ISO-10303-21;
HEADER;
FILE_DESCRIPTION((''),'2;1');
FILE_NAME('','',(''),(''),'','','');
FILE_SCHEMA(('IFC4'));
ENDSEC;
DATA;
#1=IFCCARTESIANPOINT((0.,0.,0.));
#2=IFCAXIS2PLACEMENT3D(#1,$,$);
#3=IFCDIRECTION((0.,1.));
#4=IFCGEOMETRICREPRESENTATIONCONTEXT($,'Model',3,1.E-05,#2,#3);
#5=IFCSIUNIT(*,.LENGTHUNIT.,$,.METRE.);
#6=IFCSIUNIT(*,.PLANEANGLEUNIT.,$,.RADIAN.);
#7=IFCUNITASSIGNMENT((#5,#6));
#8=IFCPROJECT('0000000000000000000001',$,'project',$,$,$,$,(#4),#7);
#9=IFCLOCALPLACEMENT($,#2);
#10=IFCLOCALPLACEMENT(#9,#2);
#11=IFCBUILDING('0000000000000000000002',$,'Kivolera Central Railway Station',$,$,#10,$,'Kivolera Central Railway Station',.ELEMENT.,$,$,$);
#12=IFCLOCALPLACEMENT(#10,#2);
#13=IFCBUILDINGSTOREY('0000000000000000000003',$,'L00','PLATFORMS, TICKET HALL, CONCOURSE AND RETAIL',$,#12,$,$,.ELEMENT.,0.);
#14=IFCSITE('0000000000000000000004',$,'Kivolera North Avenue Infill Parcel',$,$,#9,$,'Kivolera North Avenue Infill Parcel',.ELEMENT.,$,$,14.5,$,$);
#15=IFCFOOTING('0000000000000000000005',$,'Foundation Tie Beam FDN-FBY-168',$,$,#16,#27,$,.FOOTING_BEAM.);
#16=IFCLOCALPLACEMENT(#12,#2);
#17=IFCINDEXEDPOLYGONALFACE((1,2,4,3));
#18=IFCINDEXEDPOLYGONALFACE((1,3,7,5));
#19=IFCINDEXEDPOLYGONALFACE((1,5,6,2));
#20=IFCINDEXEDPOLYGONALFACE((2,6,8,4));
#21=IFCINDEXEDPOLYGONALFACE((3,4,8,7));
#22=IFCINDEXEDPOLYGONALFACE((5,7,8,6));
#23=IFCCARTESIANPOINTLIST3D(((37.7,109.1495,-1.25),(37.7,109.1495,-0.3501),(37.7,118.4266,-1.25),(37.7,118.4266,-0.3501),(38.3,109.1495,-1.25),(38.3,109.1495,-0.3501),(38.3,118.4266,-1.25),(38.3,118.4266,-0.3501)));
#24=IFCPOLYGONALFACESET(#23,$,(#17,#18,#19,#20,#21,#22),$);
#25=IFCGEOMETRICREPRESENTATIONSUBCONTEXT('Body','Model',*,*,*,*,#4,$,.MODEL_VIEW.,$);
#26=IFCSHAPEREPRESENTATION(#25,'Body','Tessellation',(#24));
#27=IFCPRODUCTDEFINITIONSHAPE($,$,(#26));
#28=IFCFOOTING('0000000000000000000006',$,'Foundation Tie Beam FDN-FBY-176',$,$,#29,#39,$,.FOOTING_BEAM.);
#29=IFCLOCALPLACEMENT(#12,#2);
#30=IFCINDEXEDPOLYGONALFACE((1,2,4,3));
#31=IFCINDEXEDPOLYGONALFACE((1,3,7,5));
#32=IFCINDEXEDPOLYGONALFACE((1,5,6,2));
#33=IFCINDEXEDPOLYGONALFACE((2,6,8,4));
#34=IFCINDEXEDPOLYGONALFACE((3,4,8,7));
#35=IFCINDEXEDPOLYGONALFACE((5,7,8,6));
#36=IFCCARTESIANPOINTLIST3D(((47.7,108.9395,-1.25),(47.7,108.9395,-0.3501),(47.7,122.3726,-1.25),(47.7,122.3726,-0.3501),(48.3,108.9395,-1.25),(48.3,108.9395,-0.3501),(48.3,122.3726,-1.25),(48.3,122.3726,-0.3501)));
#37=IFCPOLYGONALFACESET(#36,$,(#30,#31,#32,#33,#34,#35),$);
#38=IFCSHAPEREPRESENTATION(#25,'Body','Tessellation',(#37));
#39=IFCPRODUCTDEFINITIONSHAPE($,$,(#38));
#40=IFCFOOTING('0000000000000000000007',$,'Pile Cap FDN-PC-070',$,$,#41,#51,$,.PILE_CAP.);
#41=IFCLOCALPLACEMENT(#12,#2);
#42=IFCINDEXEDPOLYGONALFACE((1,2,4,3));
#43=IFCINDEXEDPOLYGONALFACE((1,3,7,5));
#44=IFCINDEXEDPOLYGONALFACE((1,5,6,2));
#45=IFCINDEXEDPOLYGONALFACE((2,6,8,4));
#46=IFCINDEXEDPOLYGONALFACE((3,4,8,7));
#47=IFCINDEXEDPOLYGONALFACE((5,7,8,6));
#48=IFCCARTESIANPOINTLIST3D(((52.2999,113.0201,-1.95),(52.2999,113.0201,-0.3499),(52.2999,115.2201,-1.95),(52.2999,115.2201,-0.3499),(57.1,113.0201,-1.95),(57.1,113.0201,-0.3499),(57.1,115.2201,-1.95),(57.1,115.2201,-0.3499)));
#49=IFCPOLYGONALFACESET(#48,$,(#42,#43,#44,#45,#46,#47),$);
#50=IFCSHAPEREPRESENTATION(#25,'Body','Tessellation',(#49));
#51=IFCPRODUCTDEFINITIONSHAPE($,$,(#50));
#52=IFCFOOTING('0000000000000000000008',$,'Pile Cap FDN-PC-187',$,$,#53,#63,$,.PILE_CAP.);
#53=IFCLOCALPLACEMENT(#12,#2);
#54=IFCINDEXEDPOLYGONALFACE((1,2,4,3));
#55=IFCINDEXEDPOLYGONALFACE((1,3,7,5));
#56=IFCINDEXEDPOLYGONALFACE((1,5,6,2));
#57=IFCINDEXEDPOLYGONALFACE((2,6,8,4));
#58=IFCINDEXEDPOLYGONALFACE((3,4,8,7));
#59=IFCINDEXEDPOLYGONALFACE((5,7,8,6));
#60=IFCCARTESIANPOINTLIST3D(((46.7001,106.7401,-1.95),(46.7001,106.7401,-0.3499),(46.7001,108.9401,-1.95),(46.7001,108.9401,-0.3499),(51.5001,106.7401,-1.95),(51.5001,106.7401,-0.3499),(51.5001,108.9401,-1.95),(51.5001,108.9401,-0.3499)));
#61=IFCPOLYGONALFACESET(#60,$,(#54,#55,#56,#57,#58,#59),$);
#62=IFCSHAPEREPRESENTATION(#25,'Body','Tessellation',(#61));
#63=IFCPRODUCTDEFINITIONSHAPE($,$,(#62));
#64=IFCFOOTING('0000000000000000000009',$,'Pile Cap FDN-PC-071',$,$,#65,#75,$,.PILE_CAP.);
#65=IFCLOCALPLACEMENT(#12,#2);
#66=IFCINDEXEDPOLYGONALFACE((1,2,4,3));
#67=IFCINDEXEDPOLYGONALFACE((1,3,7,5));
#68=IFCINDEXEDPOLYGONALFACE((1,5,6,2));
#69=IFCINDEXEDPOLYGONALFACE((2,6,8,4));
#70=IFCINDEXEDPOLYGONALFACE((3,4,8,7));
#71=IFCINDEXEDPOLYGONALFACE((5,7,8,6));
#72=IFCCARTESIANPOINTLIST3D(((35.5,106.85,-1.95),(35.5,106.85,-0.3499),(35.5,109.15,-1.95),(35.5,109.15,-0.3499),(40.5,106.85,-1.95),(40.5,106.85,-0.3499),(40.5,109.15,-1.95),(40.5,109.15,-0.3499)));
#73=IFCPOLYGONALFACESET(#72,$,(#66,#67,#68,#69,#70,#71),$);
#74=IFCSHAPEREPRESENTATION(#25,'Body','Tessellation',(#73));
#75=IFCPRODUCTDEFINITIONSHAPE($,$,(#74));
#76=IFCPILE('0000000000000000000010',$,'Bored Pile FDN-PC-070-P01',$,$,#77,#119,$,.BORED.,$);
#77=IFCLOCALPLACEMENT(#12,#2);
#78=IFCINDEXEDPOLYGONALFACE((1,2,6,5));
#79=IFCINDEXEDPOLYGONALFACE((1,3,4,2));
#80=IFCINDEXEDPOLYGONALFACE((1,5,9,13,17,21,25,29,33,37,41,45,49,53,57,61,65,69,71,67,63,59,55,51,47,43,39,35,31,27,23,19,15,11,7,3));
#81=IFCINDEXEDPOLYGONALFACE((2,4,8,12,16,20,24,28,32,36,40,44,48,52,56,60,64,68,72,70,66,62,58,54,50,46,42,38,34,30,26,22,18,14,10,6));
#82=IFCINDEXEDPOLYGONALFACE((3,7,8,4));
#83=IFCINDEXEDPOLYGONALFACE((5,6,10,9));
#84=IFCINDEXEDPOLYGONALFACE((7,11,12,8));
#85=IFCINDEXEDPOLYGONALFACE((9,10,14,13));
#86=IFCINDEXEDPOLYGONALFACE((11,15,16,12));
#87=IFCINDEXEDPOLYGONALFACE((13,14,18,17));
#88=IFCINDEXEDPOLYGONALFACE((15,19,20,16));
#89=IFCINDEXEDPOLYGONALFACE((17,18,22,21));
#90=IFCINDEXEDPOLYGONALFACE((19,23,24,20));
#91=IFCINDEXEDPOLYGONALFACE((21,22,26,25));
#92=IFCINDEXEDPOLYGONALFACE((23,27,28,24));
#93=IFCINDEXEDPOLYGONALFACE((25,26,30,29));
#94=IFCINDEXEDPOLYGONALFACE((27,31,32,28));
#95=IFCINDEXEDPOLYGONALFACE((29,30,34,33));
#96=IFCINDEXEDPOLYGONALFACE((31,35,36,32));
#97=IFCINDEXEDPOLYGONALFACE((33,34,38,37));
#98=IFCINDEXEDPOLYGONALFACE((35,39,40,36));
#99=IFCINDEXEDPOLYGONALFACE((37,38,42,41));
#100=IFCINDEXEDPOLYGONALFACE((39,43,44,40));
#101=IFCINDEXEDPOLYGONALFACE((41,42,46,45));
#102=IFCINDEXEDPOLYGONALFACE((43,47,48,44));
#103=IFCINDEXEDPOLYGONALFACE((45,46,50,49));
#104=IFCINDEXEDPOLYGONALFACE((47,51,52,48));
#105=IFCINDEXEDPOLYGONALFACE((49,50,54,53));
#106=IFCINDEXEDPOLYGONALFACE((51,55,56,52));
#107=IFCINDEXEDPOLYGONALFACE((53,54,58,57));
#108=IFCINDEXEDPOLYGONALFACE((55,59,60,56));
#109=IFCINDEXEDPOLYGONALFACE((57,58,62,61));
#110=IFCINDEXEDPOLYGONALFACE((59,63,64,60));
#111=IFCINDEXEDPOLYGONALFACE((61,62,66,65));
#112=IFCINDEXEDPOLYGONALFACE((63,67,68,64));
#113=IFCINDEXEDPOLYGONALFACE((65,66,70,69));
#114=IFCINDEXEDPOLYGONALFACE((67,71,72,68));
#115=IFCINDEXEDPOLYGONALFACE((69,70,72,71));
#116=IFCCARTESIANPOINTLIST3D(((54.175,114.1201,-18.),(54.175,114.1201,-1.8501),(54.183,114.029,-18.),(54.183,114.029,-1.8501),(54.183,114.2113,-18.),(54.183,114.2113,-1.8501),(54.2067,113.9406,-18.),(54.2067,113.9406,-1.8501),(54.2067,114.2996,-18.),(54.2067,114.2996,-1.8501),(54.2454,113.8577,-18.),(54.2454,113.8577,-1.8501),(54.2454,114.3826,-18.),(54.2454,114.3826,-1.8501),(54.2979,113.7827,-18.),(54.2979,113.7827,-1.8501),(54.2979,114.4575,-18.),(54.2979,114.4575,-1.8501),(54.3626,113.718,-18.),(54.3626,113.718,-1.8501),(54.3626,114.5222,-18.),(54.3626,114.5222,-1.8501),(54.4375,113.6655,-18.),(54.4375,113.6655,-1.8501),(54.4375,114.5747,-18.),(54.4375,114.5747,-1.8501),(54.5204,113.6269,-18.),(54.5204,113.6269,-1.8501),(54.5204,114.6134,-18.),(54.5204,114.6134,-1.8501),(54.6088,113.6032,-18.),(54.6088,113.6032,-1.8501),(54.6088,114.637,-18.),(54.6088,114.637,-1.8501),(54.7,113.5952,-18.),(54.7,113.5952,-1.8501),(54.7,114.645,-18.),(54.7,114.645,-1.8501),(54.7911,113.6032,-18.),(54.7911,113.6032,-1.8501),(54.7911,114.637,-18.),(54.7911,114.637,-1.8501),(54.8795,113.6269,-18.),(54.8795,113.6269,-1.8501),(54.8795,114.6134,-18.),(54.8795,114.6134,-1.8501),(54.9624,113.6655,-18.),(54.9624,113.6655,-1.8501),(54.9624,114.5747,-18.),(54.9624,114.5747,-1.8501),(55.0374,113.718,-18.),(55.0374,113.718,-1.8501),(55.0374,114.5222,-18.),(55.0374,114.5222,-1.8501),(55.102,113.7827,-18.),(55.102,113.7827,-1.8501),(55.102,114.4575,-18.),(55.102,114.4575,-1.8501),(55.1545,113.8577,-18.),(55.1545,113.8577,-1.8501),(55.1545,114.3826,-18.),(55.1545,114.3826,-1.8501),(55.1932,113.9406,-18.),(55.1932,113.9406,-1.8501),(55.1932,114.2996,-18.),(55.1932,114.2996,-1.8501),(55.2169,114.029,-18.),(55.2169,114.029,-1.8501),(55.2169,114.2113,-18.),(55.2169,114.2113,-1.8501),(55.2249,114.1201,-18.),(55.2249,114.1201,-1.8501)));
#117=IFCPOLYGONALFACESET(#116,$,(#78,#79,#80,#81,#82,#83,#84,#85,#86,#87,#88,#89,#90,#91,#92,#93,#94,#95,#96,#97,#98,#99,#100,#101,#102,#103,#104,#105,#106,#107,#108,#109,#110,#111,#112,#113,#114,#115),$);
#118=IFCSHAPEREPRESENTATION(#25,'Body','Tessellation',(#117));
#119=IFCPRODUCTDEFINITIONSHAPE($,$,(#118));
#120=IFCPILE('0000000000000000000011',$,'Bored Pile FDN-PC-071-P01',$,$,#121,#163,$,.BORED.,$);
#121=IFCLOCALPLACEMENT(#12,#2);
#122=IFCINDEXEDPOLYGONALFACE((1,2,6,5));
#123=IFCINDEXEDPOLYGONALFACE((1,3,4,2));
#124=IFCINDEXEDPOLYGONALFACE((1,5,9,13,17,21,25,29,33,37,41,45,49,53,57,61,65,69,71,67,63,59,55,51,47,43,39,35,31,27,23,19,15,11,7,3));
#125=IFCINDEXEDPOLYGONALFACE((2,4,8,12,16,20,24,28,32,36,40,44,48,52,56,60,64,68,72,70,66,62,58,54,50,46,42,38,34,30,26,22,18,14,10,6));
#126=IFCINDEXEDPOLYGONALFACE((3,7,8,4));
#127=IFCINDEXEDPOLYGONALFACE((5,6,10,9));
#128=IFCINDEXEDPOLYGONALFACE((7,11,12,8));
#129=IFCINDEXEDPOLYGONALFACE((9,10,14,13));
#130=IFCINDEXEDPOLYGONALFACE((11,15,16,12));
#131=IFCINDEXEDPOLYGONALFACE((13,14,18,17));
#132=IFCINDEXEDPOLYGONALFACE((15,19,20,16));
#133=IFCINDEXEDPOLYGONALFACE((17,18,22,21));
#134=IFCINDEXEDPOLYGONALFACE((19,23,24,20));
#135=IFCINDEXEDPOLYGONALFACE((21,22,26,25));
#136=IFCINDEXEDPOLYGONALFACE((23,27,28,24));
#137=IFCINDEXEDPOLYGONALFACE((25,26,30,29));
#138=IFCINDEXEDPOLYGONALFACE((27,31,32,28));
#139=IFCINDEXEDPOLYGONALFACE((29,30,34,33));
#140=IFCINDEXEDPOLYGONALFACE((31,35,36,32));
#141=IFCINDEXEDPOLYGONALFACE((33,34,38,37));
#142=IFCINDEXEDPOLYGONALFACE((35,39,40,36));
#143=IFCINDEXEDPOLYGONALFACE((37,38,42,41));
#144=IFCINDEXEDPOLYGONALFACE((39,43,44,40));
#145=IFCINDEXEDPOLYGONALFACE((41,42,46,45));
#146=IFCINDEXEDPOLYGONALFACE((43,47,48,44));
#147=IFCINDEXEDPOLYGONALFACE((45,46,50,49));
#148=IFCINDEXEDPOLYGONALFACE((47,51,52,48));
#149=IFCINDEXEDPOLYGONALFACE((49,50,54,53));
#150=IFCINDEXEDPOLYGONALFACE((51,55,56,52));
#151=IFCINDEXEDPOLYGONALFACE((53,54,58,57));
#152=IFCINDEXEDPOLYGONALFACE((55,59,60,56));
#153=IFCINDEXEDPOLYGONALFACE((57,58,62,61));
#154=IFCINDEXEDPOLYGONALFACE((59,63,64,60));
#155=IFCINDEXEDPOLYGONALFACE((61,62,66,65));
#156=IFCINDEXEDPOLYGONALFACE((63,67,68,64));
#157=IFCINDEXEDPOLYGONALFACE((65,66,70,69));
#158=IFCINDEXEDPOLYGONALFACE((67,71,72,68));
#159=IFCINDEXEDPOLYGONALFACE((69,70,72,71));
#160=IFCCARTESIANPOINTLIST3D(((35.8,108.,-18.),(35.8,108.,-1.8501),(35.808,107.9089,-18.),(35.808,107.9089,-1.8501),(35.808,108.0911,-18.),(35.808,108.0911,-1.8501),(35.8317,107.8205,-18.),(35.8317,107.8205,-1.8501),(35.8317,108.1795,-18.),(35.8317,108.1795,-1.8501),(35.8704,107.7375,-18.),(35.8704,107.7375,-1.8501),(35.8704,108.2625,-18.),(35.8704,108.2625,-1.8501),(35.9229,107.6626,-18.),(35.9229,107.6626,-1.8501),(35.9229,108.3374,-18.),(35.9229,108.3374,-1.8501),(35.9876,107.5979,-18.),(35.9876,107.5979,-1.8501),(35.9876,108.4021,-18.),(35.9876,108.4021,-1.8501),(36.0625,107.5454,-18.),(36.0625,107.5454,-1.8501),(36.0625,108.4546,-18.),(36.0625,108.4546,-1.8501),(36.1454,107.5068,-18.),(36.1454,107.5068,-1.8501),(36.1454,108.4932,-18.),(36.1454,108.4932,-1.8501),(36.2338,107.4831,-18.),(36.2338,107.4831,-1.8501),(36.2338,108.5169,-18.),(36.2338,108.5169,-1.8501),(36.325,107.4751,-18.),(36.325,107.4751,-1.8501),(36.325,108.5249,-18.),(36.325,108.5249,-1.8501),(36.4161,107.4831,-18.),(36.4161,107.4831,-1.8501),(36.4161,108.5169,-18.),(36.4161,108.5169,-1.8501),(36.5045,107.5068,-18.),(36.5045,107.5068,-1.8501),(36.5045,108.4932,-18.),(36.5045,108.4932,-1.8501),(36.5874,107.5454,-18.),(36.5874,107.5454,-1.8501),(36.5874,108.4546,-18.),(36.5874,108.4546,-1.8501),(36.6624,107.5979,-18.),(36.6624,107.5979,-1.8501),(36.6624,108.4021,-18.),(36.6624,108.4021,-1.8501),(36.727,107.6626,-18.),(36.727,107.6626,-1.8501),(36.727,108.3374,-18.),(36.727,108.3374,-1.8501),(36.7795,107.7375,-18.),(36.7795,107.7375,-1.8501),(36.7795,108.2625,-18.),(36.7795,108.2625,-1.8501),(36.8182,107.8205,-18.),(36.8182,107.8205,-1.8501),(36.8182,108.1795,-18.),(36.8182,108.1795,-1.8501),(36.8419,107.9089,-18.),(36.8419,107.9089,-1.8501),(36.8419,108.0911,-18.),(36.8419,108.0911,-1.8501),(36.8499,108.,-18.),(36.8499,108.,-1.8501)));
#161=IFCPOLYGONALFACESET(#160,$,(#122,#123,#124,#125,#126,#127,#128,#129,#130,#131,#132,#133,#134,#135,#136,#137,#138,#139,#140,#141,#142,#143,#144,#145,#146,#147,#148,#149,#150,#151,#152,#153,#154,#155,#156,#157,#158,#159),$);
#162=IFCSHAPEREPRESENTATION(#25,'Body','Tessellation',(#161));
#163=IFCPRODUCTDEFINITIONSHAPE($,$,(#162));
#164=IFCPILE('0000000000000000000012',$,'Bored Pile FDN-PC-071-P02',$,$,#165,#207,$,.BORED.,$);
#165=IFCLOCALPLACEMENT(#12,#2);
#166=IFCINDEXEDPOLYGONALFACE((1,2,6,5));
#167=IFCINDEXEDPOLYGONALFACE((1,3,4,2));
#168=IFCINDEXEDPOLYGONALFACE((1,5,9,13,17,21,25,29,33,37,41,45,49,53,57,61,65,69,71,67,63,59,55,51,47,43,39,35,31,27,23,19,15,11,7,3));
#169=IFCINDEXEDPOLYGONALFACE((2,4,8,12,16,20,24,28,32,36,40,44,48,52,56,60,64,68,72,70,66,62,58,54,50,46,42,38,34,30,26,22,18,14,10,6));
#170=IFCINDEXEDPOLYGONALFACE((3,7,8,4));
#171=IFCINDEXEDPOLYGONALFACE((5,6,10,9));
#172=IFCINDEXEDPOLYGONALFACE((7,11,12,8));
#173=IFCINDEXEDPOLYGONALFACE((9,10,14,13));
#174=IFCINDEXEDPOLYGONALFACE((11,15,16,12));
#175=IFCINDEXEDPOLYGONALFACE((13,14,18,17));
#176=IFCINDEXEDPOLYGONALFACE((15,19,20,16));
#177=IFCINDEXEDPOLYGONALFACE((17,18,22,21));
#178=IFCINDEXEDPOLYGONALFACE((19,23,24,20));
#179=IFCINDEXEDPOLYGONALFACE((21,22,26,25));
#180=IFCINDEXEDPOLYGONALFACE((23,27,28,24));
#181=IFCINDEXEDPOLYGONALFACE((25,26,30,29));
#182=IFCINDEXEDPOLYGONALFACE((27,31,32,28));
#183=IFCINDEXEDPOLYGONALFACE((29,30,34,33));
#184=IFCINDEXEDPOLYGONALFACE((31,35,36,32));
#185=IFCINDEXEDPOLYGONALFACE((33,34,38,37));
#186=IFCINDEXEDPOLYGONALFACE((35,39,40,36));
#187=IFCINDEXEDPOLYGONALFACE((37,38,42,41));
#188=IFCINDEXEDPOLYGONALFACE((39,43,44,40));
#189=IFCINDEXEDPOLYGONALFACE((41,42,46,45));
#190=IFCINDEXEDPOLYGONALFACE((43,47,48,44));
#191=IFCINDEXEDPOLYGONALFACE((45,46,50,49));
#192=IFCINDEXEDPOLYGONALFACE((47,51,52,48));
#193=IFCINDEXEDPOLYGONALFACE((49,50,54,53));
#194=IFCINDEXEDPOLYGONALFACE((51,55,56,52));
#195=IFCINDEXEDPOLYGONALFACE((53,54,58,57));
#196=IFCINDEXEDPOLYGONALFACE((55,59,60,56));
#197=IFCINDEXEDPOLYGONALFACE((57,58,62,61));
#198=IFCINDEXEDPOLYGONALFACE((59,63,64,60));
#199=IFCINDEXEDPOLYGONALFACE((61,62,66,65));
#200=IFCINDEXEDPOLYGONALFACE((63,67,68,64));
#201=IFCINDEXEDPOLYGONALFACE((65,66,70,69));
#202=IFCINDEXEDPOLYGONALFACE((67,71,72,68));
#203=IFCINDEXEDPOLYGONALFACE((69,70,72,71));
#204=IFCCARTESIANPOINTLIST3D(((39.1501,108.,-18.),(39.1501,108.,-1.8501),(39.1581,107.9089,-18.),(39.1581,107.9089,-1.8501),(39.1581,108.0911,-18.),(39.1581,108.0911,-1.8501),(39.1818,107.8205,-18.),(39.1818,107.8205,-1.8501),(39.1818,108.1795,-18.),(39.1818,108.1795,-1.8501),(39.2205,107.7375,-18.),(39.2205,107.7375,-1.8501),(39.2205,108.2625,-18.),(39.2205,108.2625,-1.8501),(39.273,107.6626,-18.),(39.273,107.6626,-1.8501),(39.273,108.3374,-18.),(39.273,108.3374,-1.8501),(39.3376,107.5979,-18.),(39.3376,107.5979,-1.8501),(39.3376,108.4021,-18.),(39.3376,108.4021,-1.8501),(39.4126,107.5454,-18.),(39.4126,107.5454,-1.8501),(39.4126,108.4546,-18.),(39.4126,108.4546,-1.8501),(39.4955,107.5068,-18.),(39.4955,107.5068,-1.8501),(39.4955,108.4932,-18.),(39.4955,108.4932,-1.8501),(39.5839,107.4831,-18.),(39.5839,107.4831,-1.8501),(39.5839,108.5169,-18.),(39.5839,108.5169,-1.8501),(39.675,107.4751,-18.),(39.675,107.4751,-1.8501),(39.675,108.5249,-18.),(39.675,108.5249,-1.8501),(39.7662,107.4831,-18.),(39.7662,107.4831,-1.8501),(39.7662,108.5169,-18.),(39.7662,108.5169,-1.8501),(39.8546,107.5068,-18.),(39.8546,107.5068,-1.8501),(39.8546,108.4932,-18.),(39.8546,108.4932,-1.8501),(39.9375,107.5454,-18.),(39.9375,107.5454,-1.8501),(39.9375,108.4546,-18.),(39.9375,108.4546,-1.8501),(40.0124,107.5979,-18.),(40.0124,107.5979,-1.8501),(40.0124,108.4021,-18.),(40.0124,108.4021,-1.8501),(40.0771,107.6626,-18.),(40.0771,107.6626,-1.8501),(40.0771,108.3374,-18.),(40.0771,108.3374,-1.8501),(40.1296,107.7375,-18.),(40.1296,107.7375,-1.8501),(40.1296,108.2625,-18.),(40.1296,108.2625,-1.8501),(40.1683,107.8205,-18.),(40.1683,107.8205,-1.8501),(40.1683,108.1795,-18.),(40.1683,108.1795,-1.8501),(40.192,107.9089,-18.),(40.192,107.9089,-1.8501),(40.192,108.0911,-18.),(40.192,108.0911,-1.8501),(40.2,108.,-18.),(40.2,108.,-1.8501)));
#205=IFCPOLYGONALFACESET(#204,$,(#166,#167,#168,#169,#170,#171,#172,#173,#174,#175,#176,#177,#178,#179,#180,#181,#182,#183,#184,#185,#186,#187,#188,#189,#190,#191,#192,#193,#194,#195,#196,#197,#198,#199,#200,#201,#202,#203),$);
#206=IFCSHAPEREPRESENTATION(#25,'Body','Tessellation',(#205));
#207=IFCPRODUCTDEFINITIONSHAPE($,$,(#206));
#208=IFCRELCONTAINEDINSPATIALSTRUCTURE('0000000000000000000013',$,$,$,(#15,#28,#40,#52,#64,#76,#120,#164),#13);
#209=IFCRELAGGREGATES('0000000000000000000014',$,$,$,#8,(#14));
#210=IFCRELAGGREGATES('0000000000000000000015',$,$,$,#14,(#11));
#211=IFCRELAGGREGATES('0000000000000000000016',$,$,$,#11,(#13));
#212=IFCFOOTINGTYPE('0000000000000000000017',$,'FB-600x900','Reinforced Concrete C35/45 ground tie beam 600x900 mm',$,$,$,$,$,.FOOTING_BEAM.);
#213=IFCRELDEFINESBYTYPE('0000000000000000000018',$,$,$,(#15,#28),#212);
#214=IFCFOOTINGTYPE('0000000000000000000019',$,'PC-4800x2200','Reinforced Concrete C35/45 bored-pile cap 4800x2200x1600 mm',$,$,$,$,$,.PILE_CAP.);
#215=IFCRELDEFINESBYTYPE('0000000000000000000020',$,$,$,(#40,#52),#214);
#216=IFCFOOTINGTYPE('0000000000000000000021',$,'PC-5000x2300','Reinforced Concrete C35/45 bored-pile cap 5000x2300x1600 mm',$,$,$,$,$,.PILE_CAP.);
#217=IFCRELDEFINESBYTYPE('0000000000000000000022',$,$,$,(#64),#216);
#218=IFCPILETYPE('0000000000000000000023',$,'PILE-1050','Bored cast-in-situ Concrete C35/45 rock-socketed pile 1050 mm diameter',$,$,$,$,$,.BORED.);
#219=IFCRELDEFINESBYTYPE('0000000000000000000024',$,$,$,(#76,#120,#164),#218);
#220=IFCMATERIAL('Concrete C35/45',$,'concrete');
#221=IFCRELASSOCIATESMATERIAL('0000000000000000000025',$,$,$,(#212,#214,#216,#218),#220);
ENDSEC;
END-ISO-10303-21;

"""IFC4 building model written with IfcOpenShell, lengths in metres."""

from ifc_helpers import new_model, si_unit, direction, frame, origin, origin_2d, place, context, subcontext, project, spatial, rectangle, circle, extrude, material, material_profile, profile_set, type_object, element, save


model = new_model("IFC4")

# Units and contexts
model_context = context("Model", 3, precision=1e-05, world=origin(), true_north=direction((0.0, 1.0)))
body_context = subcontext(model_context, "Body", "Model", "MODEL_VIEW")
ifc_project = project(units=[si_unit("LENGTHUNIT", "METRE"), si_unit("PLANEANGLEUNIT", "RADIAN")], contexts=[model_context])

# Site, building, storey
site_placement = place(None, origin())
site = spatial("IfcSite", under=ifc_project, at=site_placement, Name="Kivolera North Avenue Infill Parcel", LongName="Kivolera North Avenue Infill Parcel", CompositionType="ELEMENT", RefElevation=14.5)
building_placement = place(site_placement, origin())
building = spatial("IfcBuilding", under=site, at=building_placement, Name="Kivolera Central Railway Station", LongName="Kivolera Central Railway Station", CompositionType="ELEMENT")
storey_placement = place(building_placement, origin())
storey = spatial("IfcBuildingStorey", under=building, at=storey_placement, Name="L00", Description="PLATFORMS, TICKET HALL, CONCOURSE AND RETAIL", CompositionType="ELEMENT", Elevation=0.0)

# Footings
ifc_material_1 = material(Name="Concrete C35/45", Category="concrete")
footing_type_1 = type_object("IfcFootingType", Name="FB-600x900", Description="Reinforced Concrete C35/45 ground tie beam 600x900 mm", PredefinedType="FOOTING_BEAM", material=ifc_material_1)
footing_1_placement = place(storey_placement, frame((38.0, 113.7881, -1.25), z_axis=(0.0, 0.0, 1.0), x_axis=(1.0, 0.0, 0.0)))
element("IfcFooting", 1, at=footing_1_placement, inside=storey, type_object=footing_type_1, Name="Foundation Tie Beam FDN-FBY-168", PredefinedType="FOOTING_BEAM", context=body_context, shape_type="SweptSolid", body=[
    extrude(rectangle(XDim=0.6001, YDim=9.2771, at=origin_2d()), origin(), (0.0, 0.0, 1.0), 0.8999),
])
footing_2_placement = place(storey_placement, frame((48.0, 115.656, -1.25), z_axis=(0.0, 0.0, 1.0), x_axis=(1.0, 0.0, 0.0)))
element("IfcFooting", 2, at=footing_2_placement, inside=storey, type_object=footing_type_1, Name="Foundation Tie Beam FDN-FBY-176", PredefinedType="FOOTING_BEAM", context=body_context, shape_type="SweptSolid", body=[
    extrude(rectangle(XDim=0.6001, YDim=13.4331, at=origin_2d()), origin(), (0.0, 0.0, 1.0), 0.8999),
])
footing_type_2 = type_object("IfcFootingType", Name="PC-4800x2200", Description="Reinforced Concrete C35/45 bored-pile cap 4800x2200x1600 mm", PredefinedType="PILE_CAP", material=ifc_material_1)
for number, where, z_axis, x_axis, name in (
    (3, (54.7, 114.1201, -1.95), (0.0, 0.0, 1.0), (1.0, 0.0, 0.0), "Pile Cap FDN-PC-070"),
    (4, (49.1001, 107.8401, -1.95), (0.0, 0.0, 1.0), (1.0, 0.0, 0.0), "Pile Cap FDN-PC-187"),
):
    element("IfcFooting", number, at=place(storey_placement, frame(where, z_axis=z_axis, x_axis=x_axis)), inside=storey, type_object=footing_type_2, Name=name, PredefinedType="PILE_CAP", context=body_context, shape_type="SweptSolid", body=[
        extrude(rectangle(XDim=4.8, YDim=2.2, at=origin_2d()), origin(), (0.0, 0.0, 1.0), 1.6001),
    ])
footing_type_3 = type_object("IfcFootingType", Name="PC-5000x2300", Description="Reinforced Concrete C35/45 bored-pile cap 5000x2300x1600 mm", PredefinedType="PILE_CAP", material=ifc_material_1)
footing_3_placement = place(storey_placement, frame((38.0, 108.0, -1.95), z_axis=(0.0, 0.0, 1.0), x_axis=(1.0, 0.0, 0.0)))
element("IfcFooting", 5, at=footing_3_placement, inside=storey, type_object=footing_type_3, Name="Pile Cap FDN-PC-071", PredefinedType="PILE_CAP", context=body_context, shape_type="SweptSolid", body=[
    extrude(rectangle(XDim=5.0, YDim=2.3, at=origin_2d()), origin(), (0.0, 0.0, 1.0), 1.6001),
])

# Piles
ifc_material_profile_1 = material_profile(ifc_material_1, circle(Radius=0.5249, at=origin_2d()), Name="PILE D1050")
ifc_profile_set_1 = profile_set([ifc_material_profile_1], Name="Concrete C35/45")
pile_type = type_object("IfcPileType", Name="PILE-1050", Description="Bored cast-in-situ Concrete C35/45 rock-socketed pile 1050 mm diameter", PredefinedType="BORED", material=ifc_profile_set_1)
for number, where, z_axis, x_axis, name in (
    (6, (54.7, 114.1201, -1.8501), (0.0, 0.0, -1.0), (1.0, 0.0, 0.0), "Bored Pile FDN-PC-070-P01"),
    (7, (36.325, 108.0, -1.8501), (0.0, 0.0, -1.0), (1.0, 0.0, 0.0), "Bored Pile FDN-PC-071-P01"),
    (8, (39.675, 108.0, -1.8501), (0.0, 0.0, -1.0), (1.0, 0.0, 0.0), "Bored Pile FDN-PC-071-P02"),
):
    element("IfcPile", number, at=place(storey_placement, frame(where, z_axis=z_axis, x_axis=x_axis)), inside=storey, type_object=pile_type, Name=name, PredefinedType="BORED", context=body_context, shape_type="SweptSolid", body=[
        extrude(circle(Radius=0.5249, at=origin_2d()), origin(), (0.0, 0.0, 1.0), 16.1499),
    ])

save(model, "model.ifc")
